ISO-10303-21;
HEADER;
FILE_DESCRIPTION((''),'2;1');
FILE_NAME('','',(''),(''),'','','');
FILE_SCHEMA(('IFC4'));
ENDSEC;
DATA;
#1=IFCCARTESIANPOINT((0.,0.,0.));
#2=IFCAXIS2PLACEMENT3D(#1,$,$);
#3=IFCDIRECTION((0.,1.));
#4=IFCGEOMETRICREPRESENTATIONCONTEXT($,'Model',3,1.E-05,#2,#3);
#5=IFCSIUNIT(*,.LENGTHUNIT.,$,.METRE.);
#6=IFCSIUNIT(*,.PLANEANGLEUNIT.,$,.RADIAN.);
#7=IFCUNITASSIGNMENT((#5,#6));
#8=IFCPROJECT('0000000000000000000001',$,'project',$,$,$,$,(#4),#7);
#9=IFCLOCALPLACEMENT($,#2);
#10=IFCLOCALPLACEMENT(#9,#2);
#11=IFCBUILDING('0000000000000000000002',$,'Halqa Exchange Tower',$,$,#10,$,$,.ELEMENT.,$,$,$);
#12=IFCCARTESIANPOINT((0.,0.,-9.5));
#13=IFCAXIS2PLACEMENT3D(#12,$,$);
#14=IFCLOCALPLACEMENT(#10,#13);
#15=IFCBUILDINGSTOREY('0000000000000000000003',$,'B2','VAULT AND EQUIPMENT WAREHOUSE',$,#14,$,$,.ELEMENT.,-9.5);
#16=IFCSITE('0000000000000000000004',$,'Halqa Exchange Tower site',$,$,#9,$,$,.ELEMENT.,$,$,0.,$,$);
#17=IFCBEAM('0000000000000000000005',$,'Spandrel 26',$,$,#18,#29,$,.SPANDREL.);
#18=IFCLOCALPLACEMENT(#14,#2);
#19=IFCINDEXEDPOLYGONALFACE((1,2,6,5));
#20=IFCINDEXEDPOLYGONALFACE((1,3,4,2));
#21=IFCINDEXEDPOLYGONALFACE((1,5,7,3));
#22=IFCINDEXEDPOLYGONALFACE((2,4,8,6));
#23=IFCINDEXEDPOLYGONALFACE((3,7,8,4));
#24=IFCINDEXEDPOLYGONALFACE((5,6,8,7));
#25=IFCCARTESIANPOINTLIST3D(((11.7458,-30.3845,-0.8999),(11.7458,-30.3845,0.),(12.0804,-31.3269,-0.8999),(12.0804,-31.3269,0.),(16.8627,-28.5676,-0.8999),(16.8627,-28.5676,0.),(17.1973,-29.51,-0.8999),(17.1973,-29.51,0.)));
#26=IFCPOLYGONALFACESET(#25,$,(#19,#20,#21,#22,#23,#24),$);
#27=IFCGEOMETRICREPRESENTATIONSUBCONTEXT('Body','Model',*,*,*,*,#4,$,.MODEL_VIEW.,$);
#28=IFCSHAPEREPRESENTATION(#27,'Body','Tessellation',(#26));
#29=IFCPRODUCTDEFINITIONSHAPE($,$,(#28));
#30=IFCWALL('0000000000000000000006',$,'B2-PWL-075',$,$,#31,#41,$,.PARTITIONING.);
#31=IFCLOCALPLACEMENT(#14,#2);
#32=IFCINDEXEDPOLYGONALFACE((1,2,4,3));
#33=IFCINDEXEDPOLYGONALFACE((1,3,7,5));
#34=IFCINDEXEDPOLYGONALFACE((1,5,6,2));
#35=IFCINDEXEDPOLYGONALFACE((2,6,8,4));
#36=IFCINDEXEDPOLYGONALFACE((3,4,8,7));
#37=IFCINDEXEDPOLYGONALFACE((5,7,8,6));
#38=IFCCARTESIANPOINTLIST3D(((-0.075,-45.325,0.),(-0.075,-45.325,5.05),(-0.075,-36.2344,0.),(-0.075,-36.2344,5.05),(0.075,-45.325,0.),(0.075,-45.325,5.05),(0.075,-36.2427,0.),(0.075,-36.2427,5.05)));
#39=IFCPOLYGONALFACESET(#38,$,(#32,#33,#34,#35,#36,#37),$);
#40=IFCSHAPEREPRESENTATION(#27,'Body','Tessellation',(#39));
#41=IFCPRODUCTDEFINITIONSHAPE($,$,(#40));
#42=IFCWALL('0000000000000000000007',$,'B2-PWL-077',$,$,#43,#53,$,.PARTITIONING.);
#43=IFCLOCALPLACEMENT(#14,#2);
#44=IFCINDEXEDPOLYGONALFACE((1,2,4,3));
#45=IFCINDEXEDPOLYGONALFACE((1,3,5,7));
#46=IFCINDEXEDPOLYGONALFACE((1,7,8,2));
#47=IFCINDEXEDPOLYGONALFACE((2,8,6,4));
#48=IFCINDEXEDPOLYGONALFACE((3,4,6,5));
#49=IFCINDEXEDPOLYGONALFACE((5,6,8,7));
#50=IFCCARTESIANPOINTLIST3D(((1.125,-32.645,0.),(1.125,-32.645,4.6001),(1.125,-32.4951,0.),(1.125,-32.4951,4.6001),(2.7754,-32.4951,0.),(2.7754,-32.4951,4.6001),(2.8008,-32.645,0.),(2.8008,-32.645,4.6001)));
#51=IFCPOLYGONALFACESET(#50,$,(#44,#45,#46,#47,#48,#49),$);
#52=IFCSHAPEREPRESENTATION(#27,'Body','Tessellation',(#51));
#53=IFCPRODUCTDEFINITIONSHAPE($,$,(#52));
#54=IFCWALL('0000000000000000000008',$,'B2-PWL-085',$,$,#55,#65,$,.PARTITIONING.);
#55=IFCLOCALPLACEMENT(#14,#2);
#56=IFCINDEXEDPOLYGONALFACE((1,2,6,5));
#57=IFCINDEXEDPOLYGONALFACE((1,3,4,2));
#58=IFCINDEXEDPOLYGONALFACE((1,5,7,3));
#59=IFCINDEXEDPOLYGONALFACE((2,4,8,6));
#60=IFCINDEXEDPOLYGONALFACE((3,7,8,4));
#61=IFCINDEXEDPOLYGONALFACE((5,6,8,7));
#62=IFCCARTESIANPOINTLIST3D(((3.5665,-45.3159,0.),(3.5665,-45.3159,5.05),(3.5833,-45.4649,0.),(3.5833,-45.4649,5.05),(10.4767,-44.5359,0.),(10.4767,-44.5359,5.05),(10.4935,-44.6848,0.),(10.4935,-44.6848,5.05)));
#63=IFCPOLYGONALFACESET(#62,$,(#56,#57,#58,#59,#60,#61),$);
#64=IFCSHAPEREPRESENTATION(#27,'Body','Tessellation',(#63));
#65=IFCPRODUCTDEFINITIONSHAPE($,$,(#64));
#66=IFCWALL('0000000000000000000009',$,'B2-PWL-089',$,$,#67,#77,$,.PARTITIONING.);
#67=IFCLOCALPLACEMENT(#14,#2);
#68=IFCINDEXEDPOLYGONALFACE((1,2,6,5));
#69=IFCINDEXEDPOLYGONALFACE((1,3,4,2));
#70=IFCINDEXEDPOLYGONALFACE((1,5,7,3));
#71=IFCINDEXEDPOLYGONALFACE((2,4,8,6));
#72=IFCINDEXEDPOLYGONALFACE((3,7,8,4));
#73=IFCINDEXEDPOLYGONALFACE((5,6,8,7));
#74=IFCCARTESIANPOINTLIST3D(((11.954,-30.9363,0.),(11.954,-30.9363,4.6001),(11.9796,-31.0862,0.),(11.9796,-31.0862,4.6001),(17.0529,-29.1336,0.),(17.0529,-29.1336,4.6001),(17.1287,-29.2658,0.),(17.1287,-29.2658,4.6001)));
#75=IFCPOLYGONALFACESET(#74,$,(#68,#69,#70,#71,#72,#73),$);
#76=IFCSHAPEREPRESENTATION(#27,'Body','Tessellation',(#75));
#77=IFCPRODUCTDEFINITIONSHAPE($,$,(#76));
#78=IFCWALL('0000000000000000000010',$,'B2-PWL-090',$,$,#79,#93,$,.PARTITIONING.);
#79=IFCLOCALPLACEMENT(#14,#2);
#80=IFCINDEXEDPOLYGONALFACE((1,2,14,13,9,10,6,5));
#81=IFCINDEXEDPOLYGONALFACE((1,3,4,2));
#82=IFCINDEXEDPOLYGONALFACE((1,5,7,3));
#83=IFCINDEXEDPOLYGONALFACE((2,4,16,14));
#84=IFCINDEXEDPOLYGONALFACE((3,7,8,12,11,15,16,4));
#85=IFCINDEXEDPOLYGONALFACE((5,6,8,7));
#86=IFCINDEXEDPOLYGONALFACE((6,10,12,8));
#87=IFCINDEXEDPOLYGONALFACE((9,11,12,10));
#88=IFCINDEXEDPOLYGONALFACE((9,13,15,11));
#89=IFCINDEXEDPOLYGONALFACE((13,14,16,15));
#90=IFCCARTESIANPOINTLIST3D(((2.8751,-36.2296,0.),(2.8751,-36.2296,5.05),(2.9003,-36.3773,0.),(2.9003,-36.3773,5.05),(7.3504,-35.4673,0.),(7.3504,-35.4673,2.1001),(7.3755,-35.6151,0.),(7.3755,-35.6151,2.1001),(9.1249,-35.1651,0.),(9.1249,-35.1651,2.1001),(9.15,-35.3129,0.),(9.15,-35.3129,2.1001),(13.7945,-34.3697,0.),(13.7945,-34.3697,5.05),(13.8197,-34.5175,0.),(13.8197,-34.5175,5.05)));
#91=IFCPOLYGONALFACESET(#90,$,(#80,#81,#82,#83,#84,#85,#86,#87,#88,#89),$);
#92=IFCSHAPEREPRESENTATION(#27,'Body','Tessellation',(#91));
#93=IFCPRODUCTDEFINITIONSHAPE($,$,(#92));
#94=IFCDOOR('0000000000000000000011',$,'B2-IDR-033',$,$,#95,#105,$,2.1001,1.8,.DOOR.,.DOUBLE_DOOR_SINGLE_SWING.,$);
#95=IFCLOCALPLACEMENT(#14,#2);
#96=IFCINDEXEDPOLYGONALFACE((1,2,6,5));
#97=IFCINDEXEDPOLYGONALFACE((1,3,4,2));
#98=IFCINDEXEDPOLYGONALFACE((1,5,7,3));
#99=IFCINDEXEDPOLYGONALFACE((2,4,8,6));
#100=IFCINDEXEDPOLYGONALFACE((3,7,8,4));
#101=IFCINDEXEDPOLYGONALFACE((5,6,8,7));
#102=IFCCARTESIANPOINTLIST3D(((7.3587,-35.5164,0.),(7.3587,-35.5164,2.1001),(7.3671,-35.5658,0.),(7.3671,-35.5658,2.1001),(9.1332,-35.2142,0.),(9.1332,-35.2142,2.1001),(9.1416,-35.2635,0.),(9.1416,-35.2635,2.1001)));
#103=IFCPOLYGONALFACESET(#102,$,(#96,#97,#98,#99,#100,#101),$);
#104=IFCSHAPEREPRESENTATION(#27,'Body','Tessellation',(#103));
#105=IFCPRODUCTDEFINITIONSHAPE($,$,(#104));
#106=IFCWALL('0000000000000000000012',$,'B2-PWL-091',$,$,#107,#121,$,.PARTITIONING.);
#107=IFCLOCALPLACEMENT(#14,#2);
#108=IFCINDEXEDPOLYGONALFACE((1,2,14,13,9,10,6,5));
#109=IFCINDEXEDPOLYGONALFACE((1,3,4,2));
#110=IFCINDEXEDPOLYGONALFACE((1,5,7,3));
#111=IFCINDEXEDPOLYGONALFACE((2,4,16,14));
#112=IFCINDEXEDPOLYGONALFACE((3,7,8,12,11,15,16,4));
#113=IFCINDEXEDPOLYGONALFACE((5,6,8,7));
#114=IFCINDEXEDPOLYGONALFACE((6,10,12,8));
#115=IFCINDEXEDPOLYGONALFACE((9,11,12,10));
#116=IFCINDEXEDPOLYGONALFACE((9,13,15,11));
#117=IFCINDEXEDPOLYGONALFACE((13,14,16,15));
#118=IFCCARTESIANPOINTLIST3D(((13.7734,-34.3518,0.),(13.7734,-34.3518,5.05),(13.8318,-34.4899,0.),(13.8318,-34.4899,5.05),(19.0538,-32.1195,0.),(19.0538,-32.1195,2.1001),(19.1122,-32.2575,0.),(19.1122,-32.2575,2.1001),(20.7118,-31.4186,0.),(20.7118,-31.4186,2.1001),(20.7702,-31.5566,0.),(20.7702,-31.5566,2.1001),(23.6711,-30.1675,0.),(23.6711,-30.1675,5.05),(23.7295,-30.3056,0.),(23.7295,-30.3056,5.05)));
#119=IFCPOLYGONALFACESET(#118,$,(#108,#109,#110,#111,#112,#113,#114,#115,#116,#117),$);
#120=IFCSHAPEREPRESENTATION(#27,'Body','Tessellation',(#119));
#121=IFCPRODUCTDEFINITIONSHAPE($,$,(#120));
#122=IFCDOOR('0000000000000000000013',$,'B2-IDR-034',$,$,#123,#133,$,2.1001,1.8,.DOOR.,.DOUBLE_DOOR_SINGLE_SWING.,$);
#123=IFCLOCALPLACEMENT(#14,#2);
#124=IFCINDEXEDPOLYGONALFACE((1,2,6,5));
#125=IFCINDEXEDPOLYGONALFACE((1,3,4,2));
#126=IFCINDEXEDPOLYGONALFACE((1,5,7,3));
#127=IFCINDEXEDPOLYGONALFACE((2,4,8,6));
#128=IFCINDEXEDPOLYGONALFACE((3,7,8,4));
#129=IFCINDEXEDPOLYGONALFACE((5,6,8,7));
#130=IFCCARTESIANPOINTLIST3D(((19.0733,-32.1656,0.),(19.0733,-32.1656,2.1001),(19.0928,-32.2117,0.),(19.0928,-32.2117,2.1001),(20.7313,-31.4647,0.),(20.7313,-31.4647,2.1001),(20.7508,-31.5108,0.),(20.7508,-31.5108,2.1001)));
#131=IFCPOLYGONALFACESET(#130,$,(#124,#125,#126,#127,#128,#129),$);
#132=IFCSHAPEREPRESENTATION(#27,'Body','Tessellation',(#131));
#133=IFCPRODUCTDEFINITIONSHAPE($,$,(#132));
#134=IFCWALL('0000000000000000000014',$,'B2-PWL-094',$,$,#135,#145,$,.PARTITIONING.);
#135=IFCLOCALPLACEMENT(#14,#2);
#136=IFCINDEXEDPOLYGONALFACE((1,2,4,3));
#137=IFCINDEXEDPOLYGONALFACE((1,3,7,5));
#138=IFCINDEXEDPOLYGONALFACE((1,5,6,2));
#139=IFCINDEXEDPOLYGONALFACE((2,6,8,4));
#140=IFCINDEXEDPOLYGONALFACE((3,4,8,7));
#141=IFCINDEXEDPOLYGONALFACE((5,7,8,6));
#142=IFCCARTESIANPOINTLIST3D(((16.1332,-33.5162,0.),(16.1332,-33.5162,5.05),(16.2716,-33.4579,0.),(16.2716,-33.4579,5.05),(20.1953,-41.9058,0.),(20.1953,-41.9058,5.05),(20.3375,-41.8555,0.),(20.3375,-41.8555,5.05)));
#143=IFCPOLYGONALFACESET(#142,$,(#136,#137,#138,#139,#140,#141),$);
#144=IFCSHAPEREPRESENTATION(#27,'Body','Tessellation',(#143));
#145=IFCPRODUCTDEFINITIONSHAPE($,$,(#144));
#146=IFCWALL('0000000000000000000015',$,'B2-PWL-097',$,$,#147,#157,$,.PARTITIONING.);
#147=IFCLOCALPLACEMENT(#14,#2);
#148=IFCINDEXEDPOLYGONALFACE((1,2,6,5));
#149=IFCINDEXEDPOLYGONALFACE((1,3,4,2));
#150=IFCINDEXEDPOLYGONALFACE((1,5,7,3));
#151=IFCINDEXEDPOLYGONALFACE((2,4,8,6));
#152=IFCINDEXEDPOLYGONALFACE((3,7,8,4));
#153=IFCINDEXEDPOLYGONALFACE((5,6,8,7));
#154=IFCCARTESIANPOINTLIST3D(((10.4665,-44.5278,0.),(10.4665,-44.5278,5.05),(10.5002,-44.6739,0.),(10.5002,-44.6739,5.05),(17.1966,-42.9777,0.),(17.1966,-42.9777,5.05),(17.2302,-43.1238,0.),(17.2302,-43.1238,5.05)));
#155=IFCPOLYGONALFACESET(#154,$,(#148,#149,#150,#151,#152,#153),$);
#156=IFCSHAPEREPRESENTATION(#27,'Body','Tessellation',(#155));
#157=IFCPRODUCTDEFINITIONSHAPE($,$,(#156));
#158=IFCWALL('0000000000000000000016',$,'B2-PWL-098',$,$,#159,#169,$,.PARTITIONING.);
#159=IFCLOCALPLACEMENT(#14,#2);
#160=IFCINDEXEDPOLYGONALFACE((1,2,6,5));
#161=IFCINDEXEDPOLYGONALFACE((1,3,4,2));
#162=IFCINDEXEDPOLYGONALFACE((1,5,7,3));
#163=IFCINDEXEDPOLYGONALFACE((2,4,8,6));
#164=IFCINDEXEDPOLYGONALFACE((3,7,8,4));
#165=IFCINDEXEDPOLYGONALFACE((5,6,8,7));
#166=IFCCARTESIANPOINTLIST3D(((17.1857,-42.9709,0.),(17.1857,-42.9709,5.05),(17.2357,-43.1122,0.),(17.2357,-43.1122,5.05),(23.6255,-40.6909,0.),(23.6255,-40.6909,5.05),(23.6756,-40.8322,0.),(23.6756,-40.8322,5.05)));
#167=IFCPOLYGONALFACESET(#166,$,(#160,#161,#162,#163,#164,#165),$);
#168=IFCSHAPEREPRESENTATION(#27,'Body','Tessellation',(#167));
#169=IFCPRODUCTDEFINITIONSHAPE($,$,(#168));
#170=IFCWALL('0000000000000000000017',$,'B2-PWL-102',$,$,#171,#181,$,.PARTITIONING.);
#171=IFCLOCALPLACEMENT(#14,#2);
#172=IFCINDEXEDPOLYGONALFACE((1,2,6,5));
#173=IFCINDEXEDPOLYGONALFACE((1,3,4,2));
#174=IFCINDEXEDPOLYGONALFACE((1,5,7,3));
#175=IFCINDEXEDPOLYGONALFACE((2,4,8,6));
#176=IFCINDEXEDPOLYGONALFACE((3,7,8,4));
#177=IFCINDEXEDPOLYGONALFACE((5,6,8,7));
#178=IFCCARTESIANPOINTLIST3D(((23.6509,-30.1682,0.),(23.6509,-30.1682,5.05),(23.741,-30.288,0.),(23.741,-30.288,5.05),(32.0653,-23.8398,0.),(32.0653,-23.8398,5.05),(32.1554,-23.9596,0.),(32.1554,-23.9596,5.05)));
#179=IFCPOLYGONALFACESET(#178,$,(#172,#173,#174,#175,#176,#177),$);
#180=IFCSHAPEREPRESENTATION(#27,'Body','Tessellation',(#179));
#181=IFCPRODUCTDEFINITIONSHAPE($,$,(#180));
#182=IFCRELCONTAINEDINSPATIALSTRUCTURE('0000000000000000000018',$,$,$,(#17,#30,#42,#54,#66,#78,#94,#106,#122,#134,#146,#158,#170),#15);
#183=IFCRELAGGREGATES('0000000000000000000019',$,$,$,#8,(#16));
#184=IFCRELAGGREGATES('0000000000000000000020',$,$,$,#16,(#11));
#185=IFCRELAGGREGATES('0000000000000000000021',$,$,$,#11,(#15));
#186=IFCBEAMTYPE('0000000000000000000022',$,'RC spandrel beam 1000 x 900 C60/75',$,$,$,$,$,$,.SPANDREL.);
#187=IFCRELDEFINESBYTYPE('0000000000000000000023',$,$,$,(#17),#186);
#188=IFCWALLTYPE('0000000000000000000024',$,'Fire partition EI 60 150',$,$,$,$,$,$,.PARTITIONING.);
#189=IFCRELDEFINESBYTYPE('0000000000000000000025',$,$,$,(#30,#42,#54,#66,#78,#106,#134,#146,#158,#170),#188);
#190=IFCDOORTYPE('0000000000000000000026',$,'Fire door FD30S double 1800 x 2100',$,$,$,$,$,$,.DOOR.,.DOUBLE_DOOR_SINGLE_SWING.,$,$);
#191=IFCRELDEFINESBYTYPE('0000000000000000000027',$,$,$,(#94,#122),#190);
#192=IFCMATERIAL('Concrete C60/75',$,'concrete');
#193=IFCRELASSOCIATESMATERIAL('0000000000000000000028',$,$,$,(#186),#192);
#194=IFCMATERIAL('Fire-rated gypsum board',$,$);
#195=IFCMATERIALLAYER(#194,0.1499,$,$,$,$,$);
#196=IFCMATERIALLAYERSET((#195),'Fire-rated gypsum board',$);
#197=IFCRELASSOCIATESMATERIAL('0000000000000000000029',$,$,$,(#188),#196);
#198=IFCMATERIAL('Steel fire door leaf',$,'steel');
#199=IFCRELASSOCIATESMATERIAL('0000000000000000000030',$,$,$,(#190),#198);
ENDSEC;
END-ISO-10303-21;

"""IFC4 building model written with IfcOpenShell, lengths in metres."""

from ifc_helpers import new_model, si_unit, direction, frame, frame_2d, origin, origin_2d, place, context, subcontext, project, spatial, polyline, rectangle, outline, extrude, material, layer, layer_set, material_profile, profile_set, type_object, element, fill, save


model = new_model("IFC4")

# Units and contexts
model_context = context("Model", 3, precision=1e-05, world=origin(), true_north=direction((0.0, 1.0)))
body_context = subcontext(model_context, "Body", "Model", "MODEL_VIEW")
ifc_project = project(units=[si_unit("LENGTHUNIT", "METRE"), si_unit("PLANEANGLEUNIT", "RADIAN")], contexts=[model_context])

# Site, building, storey
site_placement = place(None, origin())
site = spatial("IfcSite", under=ifc_project, at=site_placement, Name="Halqa Exchange Tower site", CompositionType="ELEMENT", RefElevation=0.0)
building_placement = place(site_placement, origin())
building = spatial("IfcBuilding", under=site, at=building_placement, Name="Halqa Exchange Tower", CompositionType="ELEMENT")
storey_placement = place(building_placement, frame((0.0, 0.0, -9.5)))
storey = spatial("IfcBuildingStorey", under=building, at=storey_placement, Name="B2", Description="VAULT AND EQUIPMENT WAREHOUSE", CompositionType="ELEMENT", Elevation=-9.5)

# Shared definitions
ifc_material_1 = material(Name="Concrete C60/75", Category="concrete")

# Beam
ifc_material_profile_1 = material_profile(ifc_material_1, rectangle(XDim=1.0, YDim=0.8999, at=origin_2d()), Name="1000 x 900")
ifc_profile_set_1 = profile_set([ifc_material_profile_1], Name="Concrete C60/75")
beam_type_1 = type_object("IfcBeamType", Name="RC spandrel beam 1000 x 900 C60/75", PredefinedType="SPANDREL", material=ifc_profile_set_1)
beam_1_placement = place(storey_placement, frame((11.9131, -30.8557, -0.45), z_axis=(0.942358, 0.334607, 0.0), x_axis=(-0.334607, 0.942358, 0.0)))
element("IfcBeam", 1, at=beam_1_placement, inside=storey, type_object=beam_type_1, Name="Spandrel 26", PredefinedType="SPANDREL", context=body_context, shape_type="SweptSolid", body=[
    extrude(rectangle(XDim=1.0, YDim=0.8999, at=origin_2d()), origin(), (0.0, 0.0, 1.0), 5.4299),
])

# Walls
ifc_material_2 = material(Name="Fire-rated gypsum board")
ifc_layer_1 = layer(ifc_material_2, 0.1499)
ifc_layer_set_1 = layer_set([ifc_layer_1], Name="Fire-rated gypsum board")
wall_type_1 = type_object("IfcWallType", Name="Fire partition EI 60 150", PredefinedType="PARTITIONING", material=ifc_layer_set_1)
wall_1_placement = place(storey_placement, frame((0.0, -36.2385, 0.0), z_axis=(0.0, 0.0, 1.0), x_axis=(0.0, -1.0, 0.0)))
element("IfcWall", 2, at=wall_1_placement, inside=storey, type_object=wall_type_1, Name="B2-PWL-075", PredefinedType="PARTITIONING", context=body_context, shape_type="SweptSolid", body=[
    extrude(outline(polyline([(-0.0042, -0.075), (9.0864, -0.075), (9.0864, 0.075), (0.0042, 0.075), (-0.0042, -0.075)])), origin(), (0.0, 0.0, 1.0), 5.05),
])
wall_2_placement = place(storey_placement, frame((1.125, -32.5701, 0.0), z_axis=(0.0, 0.0, 1.0), x_axis=(1.0, 0.0, 0.0)))
element("IfcWall", 3, at=wall_2_placement, inside=storey, type_object=wall_type_1, Name="B2-PWL-077", PredefinedType="PARTITIONING", context=body_context, shape_type="SweptSolid", body=[
    extrude(outline(polyline([(0.0, -0.075), (1.6758, -0.075), (1.6504, 0.075), (0.0, 0.075), (0.0, -0.075)])), origin(), (0.0, 0.0, 1.0), 4.6001),
])
wall_3_placement = place(storey_placement, frame((10.4851, -44.6104, 0.0), z_axis=(0.0, 0.0, 1.0), x_axis=(-0.993689, -0.112169, 0.0)))
element("IfcWall", 4, at=wall_3_placement, inside=storey, type_object=wall_type_1, Name="B2-PWL-085", PredefinedType="PARTITIONING", context=body_context, shape_type="SweptSolid", body=[
    extrude(rectangle(XDim=6.9541, YDim=0.1499, at=frame_2d((3.4771, 0.0))), origin(), (0.0, 0.0, 1.0), 5.05),
])
wall_4_placement = place(storey_placement, frame((11.9668, -31.0112, 0.0), z_axis=(0.0, 0.0, 1.0), x_axis=(0.942814, 0.333318, 0.0)))
element("IfcWall", 5, at=wall_4_placement, inside=storey, type_object=wall_type_1, Name="B2-PWL-089", PredefinedType="PARTITIONING", context=body_context, shape_type="SweptSolid", body=[
    extrude(outline(polyline([(-0.0129, -0.075), (5.4485, -0.075), (5.4211, 0.075), (0.0129, 0.075), (-0.0129, -0.075)])), origin(), (0.0, 0.0, 1.0), 4.6001),
])

# Walls, openings, doors
wall_5_placement = place(storey_placement, frame((13.8071, -34.4436, 0.0), z_axis=(0.0, 0.0, 1.0), x_axis=(-0.985803, -0.167908, 0.0)))
wall_5 = element("IfcWall", 6, at=wall_5_placement, inside=storey, type_object=wall_type_1, Name="B2-PWL-090", PredefinedType="PARTITIONING", context=body_context, shape_type="SweptSolid", body=[
    extrude(rectangle(XDim=11.0767, YDim=0.1499, at=frame_2d((5.5383, 0.0))), origin(), (0.0, 0.0, 1.0), 5.05),
])
opening_1_placement = place(wall_5_placement, frame((4.7371, 0.0, 0.0)))
opening_1 = element("IfcOpeningElement", 7, at=opening_1_placement, cuts=wall_5, PredefinedType="OPENING", context=body_context, shape_type="SweptSolid", body=[
    extrude(rectangle(XDim=1.8, YDim=2.1001, at=frame_2d((0.8999, 1.05))), frame((0.0, 0.0869, 0.0), z_axis=(0.0, -1.0, 0.0), x_axis=(1.0, 0.0, 0.0)), (0.0, 0.0, 1.0), 0.1738),
])
ifc_material_3 = material(Name="Steel fire door leaf", Category="steel")
door_type = type_object("IfcDoorType", Name="Fire door FD30S double 1800 x 2100", OperationType="DOUBLE_DOOR_SINGLE_SWING", PredefinedType="DOOR", material=ifc_material_3)
door_1_placement = place(opening_1_placement, origin())
door_1 = element("IfcDoor", 8, at=door_1_placement, inside=storey, type_object=door_type, Name="B2-IDR-033", OperationType="DOUBLE_DOOR_SINGLE_SWING", OverallHeight=2.1001, OverallWidth=1.8, PredefinedType="DOOR", context=body_context, shape_type="SweptSolid", body=[
    extrude(rectangle(XDim=1.8, YDim=2.1001, at=frame_2d((0.8999, 1.05))), frame((0.0, 0.0249, 0.0), z_axis=(0.0, -1.0, 0.0), x_axis=(1.0, 0.0, 0.0)), (0.0, 0.0, 1.0), 0.05),
])
fill(opening_1, door_1)
wall_6_placement = place(storey_placement, frame((13.8025, -34.4209, 0.0), z_axis=(0.0, 0.0, 1.0), x_axis=(0.921073, 0.38939, 0.0)))
wall_6 = element("IfcWall", 9, at=wall_6_placement, inside=storey, type_object=wall_type_1, Name="B2-PWL-091", PredefinedType="PARTITIONING", context=body_context, shape_type="SweptSolid", body=[
    extrude(rectangle(XDim=10.7458, YDim=0.1499, at=frame_2d((5.373, 0.0))), origin(), (0.0, 0.0, 1.0), 5.05),
])
opening_2_placement = place(wall_6_placement, frame((5.7332, 0.0, 0.0)))
opening_2 = element("IfcOpeningElement", 10, at=opening_2_placement, cuts=wall_6, PredefinedType="OPENING", context=body_context, shape_type="SweptSolid", body=[
    extrude(rectangle(XDim=1.8, YDim=2.1001, at=frame_2d((0.8999, 1.05))), frame((0.0, 0.0869, 0.0), z_axis=(0.0, -1.0, 0.0), x_axis=(1.0, 0.0, 0.0)), (0.0, 0.0, 1.0), 0.1738),
])
door_2_placement = place(opening_2_placement, origin())
door_2 = element("IfcDoor", 11, at=door_2_placement, inside=storey, type_object=door_type, Name="B2-IDR-034", OperationType="DOUBLE_DOOR_SINGLE_SWING", OverallHeight=2.1001, OverallWidth=1.8, PredefinedType="DOOR", context=body_context, shape_type="SweptSolid", body=[
    extrude(rectangle(XDim=1.8, YDim=2.1001, at=frame_2d((0.8999, 1.05))), frame((0.0, 0.0249, 0.0), z_axis=(0.0, -1.0, 0.0), x_axis=(1.0, 0.0, 0.0)), (0.0, 0.0, 1.0), 0.05),
])
fill(opening_2, door_2)

# Walls
wall_7_placement = place(storey_placement, frame((16.2024, -33.4871, 0.0), z_axis=(0.0, 0.0, 1.0), x_axis=(0.435784, -0.900051, 0.0)))
element("IfcWall", 12, at=wall_7_placement, inside=storey, type_object=wall_type_1, Name="B2-PWL-094", PredefinedType="PARTITIONING", context=body_context, shape_type="SweptSolid", body=[
    extrude(outline(polyline([(-0.0039, -0.075), (9.3174, -0.075), (9.334, 0.075), (0.0039, 0.075), (-0.0039, -0.075)])), origin(), (0.0, 0.0, 1.0), 5.05),
])
wall_8_placement = place(storey_placement, frame((17.2134, -43.0508, 0.0), z_axis=(0.0, 0.0, 1.0), x_axis=(-0.974487, -0.224444, 0.0)))
element("IfcWall", 13, at=wall_8_placement, inside=storey, type_object=wall_type_1, Name="B2-PWL-097", PredefinedType="PARTITIONING", context=body_context, shape_type="SweptSolid", body=[
    extrude(rectangle(XDim=6.9062, YDim=0.1499, at=frame_2d((3.4531, 0.0))), origin(), (0.0, 0.0, 1.0), 5.05),
])
wall_9_placement = place(storey_placement, frame((17.2107, -43.0415, 0.0), z_axis=(0.0, 0.0, 1.0), x_axis=(0.942663, 0.333745, 0.0)))
element("IfcWall", 14, at=wall_9_placement, inside=storey, type_object=wall_type_1, Name="B2-PWL-098", PredefinedType="PARTITIONING", context=body_context, shape_type="SweptSolid", body=[
    extrude(rectangle(XDim=6.8315, YDim=0.1499, at=frame_2d((3.4158, 0.0))), origin(), (0.0, 0.0, 1.0), 5.05),
])
wall_10_placement = place(storey_placement, frame((23.696, -30.228, 0.0), z_axis=(0.0, 0.0, 1.0), x_axis=(0.799195, 0.601072, 0.0)))
element("IfcWall", 15, at=wall_10_placement, inside=storey, type_object=wall_type_1, Name="B2-PWL-102", PredefinedType="PARTITIONING", context=body_context, shape_type="SweptSolid", body=[
    extrude(rectangle(XDim=10.5286, YDim=0.1499, at=frame_2d((5.2642, 0.0))), origin(), (0.0, 0.0, 1.0), 5.05),
])

save(model, "model.ifc")
